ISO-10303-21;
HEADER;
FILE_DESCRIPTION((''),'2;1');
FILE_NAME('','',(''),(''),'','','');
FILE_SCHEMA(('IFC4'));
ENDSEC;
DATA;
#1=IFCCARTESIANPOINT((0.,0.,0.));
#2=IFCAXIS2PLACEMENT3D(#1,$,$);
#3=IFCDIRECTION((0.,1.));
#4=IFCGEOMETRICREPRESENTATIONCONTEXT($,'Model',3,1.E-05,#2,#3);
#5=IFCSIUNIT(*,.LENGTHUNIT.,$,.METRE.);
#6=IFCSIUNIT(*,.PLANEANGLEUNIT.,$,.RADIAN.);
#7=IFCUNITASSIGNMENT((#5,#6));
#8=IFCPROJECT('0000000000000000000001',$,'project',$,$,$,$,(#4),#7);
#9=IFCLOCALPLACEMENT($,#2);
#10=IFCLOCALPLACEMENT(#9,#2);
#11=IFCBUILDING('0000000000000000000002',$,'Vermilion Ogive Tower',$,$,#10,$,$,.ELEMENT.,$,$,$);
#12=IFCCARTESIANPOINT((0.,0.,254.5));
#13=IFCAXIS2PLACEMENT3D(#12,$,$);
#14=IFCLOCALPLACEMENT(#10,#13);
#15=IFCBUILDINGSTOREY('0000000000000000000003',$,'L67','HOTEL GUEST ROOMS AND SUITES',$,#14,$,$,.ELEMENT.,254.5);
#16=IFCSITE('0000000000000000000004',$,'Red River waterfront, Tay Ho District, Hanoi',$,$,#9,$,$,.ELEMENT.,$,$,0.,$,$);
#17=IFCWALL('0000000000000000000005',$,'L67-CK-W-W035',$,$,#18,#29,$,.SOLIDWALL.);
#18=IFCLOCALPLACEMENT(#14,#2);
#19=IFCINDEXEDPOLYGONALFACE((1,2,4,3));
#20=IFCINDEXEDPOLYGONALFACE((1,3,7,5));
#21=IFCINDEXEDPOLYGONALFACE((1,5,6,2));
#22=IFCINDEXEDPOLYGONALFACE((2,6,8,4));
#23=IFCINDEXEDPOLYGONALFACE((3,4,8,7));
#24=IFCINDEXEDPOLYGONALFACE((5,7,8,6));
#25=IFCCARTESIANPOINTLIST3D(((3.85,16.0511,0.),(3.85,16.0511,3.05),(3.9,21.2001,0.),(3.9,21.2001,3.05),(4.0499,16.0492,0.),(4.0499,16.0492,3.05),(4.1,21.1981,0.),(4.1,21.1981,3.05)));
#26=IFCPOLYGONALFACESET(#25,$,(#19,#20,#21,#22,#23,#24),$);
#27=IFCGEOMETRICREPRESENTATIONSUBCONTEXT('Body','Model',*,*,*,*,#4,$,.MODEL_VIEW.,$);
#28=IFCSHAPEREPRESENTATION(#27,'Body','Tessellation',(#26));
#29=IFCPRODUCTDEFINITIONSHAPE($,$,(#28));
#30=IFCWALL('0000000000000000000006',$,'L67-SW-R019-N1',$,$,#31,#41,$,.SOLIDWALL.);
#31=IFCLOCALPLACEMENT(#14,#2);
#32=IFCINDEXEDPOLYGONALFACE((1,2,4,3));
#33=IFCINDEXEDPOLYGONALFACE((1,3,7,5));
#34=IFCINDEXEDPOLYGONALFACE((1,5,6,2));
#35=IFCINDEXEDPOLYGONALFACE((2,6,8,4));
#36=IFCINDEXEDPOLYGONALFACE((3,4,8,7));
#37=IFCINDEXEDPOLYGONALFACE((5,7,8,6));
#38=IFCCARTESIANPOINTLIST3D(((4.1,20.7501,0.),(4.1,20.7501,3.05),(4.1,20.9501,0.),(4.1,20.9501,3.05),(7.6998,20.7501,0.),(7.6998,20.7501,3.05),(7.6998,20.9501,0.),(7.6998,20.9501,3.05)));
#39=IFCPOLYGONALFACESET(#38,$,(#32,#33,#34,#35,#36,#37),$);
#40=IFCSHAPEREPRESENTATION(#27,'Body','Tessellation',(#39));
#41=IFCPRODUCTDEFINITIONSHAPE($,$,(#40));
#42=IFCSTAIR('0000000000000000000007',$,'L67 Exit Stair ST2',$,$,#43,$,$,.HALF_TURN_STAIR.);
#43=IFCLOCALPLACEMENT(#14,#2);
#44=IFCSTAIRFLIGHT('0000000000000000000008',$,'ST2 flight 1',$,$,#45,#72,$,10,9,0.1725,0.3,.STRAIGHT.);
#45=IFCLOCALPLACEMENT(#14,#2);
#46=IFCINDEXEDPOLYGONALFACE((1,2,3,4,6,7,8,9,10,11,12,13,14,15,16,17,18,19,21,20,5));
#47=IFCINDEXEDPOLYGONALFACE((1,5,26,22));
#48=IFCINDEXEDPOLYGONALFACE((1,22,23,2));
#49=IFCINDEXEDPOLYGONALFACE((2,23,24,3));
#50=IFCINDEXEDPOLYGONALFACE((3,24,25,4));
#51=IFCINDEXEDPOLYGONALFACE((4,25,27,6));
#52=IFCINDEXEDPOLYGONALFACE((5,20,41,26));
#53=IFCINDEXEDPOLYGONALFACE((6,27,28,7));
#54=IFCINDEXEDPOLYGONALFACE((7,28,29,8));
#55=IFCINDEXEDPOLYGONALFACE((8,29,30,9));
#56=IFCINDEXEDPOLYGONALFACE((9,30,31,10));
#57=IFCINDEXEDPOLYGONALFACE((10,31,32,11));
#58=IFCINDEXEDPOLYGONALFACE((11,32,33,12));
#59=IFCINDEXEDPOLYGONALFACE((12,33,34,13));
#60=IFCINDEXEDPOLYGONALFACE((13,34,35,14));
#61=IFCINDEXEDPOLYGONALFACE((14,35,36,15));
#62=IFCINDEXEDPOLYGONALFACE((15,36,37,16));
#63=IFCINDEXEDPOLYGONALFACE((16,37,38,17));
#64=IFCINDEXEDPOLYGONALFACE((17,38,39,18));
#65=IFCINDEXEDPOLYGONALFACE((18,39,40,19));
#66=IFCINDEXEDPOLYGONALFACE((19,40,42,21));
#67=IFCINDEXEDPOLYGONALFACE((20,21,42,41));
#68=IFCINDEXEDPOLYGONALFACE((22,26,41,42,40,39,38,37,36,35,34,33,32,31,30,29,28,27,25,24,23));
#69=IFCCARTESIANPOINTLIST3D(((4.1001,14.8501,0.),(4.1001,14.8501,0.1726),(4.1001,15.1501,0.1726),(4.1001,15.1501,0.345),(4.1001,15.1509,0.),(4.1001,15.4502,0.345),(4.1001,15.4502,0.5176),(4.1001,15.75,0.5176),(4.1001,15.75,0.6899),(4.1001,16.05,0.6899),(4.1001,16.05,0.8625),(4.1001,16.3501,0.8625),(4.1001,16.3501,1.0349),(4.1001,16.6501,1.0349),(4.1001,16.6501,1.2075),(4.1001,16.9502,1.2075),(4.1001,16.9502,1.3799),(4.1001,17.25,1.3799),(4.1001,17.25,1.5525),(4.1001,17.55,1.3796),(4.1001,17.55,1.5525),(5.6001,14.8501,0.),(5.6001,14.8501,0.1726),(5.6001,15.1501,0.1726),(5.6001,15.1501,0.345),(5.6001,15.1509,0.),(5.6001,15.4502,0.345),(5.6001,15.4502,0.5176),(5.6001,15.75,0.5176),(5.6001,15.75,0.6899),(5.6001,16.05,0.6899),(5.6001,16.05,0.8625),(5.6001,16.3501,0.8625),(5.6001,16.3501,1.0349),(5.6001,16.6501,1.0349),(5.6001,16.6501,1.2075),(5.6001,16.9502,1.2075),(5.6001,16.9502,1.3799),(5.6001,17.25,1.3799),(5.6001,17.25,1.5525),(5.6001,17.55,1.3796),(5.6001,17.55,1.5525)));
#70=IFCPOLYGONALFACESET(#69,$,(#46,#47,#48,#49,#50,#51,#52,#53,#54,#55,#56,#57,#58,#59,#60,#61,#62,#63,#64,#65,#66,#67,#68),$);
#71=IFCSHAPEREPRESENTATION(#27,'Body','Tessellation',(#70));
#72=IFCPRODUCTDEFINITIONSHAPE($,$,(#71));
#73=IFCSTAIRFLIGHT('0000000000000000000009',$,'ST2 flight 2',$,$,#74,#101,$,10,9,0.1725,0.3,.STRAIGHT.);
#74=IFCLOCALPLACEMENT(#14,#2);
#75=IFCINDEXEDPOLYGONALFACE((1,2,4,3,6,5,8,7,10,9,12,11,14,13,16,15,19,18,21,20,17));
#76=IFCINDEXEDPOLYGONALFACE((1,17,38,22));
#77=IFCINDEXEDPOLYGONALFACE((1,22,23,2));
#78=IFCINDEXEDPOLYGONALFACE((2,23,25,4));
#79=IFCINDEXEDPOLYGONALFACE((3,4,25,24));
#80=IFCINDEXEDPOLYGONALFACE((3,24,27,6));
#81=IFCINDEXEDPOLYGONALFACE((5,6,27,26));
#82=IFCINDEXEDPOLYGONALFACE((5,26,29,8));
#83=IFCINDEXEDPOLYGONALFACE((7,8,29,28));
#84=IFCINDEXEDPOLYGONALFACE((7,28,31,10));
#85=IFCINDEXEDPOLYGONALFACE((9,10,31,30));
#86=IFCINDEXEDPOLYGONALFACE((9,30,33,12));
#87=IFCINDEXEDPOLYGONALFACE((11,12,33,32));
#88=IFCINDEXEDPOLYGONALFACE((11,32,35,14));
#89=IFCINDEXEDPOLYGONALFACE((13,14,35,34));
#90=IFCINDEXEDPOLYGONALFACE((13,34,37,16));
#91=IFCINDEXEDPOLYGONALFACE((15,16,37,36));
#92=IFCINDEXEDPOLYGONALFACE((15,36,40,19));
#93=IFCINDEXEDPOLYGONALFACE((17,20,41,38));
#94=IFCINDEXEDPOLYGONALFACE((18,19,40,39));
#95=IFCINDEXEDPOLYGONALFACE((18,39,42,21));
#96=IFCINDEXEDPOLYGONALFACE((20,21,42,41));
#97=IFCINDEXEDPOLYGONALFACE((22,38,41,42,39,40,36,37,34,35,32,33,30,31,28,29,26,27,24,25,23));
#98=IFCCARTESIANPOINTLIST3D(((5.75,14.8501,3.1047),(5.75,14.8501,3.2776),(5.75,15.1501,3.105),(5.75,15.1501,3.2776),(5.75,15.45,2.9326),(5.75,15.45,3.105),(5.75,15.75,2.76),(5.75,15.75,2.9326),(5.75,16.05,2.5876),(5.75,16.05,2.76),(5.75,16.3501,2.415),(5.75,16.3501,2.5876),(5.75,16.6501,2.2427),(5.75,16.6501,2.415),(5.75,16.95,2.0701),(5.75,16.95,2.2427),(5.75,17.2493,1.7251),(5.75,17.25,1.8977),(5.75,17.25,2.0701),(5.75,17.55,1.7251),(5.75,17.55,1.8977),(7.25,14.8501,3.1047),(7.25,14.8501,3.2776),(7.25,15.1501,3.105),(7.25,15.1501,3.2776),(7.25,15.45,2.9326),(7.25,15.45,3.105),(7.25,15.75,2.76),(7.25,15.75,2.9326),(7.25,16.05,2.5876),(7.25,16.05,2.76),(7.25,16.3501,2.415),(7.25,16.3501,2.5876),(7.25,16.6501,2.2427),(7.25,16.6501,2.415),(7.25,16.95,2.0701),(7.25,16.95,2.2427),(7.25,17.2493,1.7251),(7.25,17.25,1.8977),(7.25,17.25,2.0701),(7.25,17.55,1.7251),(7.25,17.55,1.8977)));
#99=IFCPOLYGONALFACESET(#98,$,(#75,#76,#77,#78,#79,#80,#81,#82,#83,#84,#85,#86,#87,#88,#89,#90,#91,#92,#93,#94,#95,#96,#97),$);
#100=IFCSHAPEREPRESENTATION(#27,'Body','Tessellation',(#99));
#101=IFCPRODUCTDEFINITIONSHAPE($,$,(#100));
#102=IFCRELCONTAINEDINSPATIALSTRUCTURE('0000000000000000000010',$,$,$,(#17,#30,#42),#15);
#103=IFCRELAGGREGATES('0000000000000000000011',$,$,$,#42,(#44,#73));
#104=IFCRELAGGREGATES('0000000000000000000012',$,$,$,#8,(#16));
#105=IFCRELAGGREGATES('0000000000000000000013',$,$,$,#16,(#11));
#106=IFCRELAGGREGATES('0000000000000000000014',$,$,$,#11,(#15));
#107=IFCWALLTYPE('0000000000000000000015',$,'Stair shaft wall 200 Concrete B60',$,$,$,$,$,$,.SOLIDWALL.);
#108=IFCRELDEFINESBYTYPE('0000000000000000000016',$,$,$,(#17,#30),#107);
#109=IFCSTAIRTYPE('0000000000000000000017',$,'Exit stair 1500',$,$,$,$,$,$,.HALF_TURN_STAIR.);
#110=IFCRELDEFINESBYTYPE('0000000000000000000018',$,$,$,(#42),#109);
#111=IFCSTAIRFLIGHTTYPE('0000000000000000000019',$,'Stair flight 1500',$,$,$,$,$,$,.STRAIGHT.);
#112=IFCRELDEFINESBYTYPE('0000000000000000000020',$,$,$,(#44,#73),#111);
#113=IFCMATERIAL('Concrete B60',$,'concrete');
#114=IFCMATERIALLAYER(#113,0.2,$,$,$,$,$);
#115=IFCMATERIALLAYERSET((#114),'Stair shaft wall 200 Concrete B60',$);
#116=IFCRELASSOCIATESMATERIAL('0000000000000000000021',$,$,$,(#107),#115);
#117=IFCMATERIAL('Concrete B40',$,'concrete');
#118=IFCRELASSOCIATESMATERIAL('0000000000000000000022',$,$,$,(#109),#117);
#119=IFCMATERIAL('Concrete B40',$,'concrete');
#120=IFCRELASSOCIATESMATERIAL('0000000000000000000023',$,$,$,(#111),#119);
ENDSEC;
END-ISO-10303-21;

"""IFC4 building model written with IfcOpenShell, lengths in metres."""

from ifc_helpers import new_model, si_unit, direction, frame, frame_2d, origin, place, context, subcontext, project, spatial, polyline, rectangle, outline, extrude, material, layer, layer_set, type_object, element, aggregate, save


model = new_model("IFC4")

# Units and contexts
model_context = context("Model", 3, precision=1e-05, world=origin(), true_north=direction((0.0, 1.0)))
body_context = subcontext(model_context, "Body", "Model", "MODEL_VIEW")
ifc_project = project(units=[si_unit("LENGTHUNIT", "METRE"), si_unit("PLANEANGLEUNIT", "RADIAN")], contexts=[model_context])

# Site, building, storey
site_placement = place(None, origin())
site = spatial("IfcSite", under=ifc_project, at=site_placement, Name="Red River waterfront, Tay Ho District, Hanoi", CompositionType="ELEMENT", RefElevation=0.0)
building_placement = place(site_placement, origin())
building = spatial("IfcBuilding", under=site, at=building_placement, Name="Vermilion Ogive Tower", CompositionType="ELEMENT")
storey_placement = place(building_placement, frame((0.0, 0.0, 254.5)))
storey = spatial("IfcBuildingStorey", under=building, at=storey_placement, Name="L67", Description="HOTEL GUEST ROOMS AND SUITES", CompositionType="ELEMENT", Elevation=254.5)

# Shared definitions
ifc_material_1 = material(Name="Concrete B60", Category="concrete")
ifc_layer_1 = layer(ifc_material_1, 0.2)
ifc_layer_set_1 = layer_set([ifc_layer_1], Name="Stair shaft wall 200 Concrete B60")
wall_type_1 = type_object("IfcWallType", Name="Stair shaft wall 200 Concrete B60", PredefinedType="SOLIDWALL", material=ifc_layer_set_1)

# Walls
wall_1_placement = place(storey_placement, frame((3.95, 16.05, 0.0), z_axis=(0.0, 0.0, 1.0), x_axis=(0.00972, 0.999953, 0.0)))
element("IfcWall", 1, at=wall_1_placement, inside=storey, type_object=wall_type_1, Name="L67-CK-W-W035", PredefinedType="SOLIDWALL", context=body_context, shape_type="SweptSolid", body=[
    extrude(rectangle(XDim=5.1492, YDim=0.2, at=frame_2d((2.5747, 0.0))), origin(), (0.0, 0.0, 1.0), 3.05),
])
wall_2_placement = place(storey_placement, frame((4.1001, 20.8501, 0.0), z_axis=(0.0, 0.0, 1.0), x_axis=(1.0, 0.0, 0.0)))
element("IfcWall", 2, at=wall_2_placement, inside=storey, type_object=wall_type_1, Name="L67-SW-R019-N1", PredefinedType="SOLIDWALL", context=body_context, shape_type="SweptSolid", body=[
    extrude(rectangle(XDim=3.5999, YDim=0.2, at=frame_2d((1.7998, 0.0))), origin(), (0.0, 0.0, 1.0), 3.05),
])

# Stair, stair flights
ifc_material_2 = material(Name="Concrete B40", Category="concrete")
stair_type = type_object("IfcStairType", Name="Exit stair 1500", PredefinedType="HALF_TURN_STAIR", material=ifc_material_2)
stair_placement = place(storey_placement, origin())
stair = element("IfcStair", 3, at=stair_placement, inside=storey, type_object=stair_type, Name="L67 Exit Stair ST2", PredefinedType="HALF_TURN_STAIR")
ifc_material_3 = material(Name="Concrete B40", Category="concrete")
stair_flight_type = type_object("IfcStairFlightType", Name="Stair flight 1500", PredefinedType="STRAIGHT", material=ifc_material_3)
stair_flight_1_placement = place(storey_placement, frame((4.8501, 14.8501, 0.0), z_axis=(0.0, 0.0, 1.0), x_axis=(0.0, 1.0, 0.0)))
stair_flight_1 = element("IfcStairFlight", 4, at=stair_flight_1_placement, type_object=stair_flight_type, Name="ST2 flight 1", NumberOfRisers=10, NumberOfTreads=9, PredefinedType="STRAIGHT", RiserHeight=0.1725, TreadLength=0.3, context=body_context, shape_type="SweptSolid", body=[
    extrude(outline(polyline([(0.0, 0.0), (0.0, 0.1726), (0.3, 0.1726), (0.3, 0.345), (0.6001, 0.345), (0.6001, 0.5176), (0.8999, 0.5176), (0.8999, 0.6899), (1.2, 0.6899), (1.2, 0.8625), (1.5, 0.8625), (1.5, 1.0349), (1.8, 1.0349), (1.8, 1.2075), (2.1001, 1.2075), (2.1001, 1.3799), (2.3999, 1.3799), (2.3999, 1.5525), (2.7, 1.5525), (2.7, 1.7251), (2.7, 1.3796), (0.3008, 0.0), (0.0, 0.0)])), frame((0.0, 0.75, 0.0), z_axis=(0.0, -1.0, 0.0), x_axis=(1.0, 0.0, 0.0)), (0.0, 0.0, 1.0), 1.5),
])
stair_flight_2_placement = place(storey_placement, frame((6.5, 17.55, 1.7251), z_axis=(0.0, 0.0, 1.0), x_axis=(0.0, -1.0, 0.0)))
stair_flight_2 = element("IfcStairFlight", 5, at=stair_flight_2_placement, type_object=stair_flight_type, Name="ST2 flight 2", NumberOfRisers=10, NumberOfTreads=9, PredefinedType="STRAIGHT", RiserHeight=0.1725, TreadLength=0.3, context=body_context, shape_type="SweptSolid", body=[
    extrude(outline(polyline([(0.0, 0.0), (0.0, 0.1726), (0.3, 0.1726), (0.3, 0.345), (0.6001, 0.345), (0.6001, 0.5176), (0.8999, 0.5176), (0.8999, 0.6899), (1.2, 0.6899), (1.2, 0.8625), (1.5, 0.8625), (1.5, 1.0349), (1.8, 1.0349), (1.8, 1.2075), (2.1001, 1.2075), (2.1001, 1.3799), (2.3999, 1.3799), (2.3999, 1.5525), (2.7, 1.5525), (2.7, 1.7251), (2.7, 1.3796), (0.3008, 0.0), (0.0, 0.0)])), frame((0.0, 0.75, 0.0), z_axis=(0.0, -1.0, 0.0), x_axis=(1.0, 0.0, 0.0)), (0.0, 0.0, 1.0), 1.5),
])
aggregate(stair, [stair_flight_1, stair_flight_2])

save(model, "model.ifc")
